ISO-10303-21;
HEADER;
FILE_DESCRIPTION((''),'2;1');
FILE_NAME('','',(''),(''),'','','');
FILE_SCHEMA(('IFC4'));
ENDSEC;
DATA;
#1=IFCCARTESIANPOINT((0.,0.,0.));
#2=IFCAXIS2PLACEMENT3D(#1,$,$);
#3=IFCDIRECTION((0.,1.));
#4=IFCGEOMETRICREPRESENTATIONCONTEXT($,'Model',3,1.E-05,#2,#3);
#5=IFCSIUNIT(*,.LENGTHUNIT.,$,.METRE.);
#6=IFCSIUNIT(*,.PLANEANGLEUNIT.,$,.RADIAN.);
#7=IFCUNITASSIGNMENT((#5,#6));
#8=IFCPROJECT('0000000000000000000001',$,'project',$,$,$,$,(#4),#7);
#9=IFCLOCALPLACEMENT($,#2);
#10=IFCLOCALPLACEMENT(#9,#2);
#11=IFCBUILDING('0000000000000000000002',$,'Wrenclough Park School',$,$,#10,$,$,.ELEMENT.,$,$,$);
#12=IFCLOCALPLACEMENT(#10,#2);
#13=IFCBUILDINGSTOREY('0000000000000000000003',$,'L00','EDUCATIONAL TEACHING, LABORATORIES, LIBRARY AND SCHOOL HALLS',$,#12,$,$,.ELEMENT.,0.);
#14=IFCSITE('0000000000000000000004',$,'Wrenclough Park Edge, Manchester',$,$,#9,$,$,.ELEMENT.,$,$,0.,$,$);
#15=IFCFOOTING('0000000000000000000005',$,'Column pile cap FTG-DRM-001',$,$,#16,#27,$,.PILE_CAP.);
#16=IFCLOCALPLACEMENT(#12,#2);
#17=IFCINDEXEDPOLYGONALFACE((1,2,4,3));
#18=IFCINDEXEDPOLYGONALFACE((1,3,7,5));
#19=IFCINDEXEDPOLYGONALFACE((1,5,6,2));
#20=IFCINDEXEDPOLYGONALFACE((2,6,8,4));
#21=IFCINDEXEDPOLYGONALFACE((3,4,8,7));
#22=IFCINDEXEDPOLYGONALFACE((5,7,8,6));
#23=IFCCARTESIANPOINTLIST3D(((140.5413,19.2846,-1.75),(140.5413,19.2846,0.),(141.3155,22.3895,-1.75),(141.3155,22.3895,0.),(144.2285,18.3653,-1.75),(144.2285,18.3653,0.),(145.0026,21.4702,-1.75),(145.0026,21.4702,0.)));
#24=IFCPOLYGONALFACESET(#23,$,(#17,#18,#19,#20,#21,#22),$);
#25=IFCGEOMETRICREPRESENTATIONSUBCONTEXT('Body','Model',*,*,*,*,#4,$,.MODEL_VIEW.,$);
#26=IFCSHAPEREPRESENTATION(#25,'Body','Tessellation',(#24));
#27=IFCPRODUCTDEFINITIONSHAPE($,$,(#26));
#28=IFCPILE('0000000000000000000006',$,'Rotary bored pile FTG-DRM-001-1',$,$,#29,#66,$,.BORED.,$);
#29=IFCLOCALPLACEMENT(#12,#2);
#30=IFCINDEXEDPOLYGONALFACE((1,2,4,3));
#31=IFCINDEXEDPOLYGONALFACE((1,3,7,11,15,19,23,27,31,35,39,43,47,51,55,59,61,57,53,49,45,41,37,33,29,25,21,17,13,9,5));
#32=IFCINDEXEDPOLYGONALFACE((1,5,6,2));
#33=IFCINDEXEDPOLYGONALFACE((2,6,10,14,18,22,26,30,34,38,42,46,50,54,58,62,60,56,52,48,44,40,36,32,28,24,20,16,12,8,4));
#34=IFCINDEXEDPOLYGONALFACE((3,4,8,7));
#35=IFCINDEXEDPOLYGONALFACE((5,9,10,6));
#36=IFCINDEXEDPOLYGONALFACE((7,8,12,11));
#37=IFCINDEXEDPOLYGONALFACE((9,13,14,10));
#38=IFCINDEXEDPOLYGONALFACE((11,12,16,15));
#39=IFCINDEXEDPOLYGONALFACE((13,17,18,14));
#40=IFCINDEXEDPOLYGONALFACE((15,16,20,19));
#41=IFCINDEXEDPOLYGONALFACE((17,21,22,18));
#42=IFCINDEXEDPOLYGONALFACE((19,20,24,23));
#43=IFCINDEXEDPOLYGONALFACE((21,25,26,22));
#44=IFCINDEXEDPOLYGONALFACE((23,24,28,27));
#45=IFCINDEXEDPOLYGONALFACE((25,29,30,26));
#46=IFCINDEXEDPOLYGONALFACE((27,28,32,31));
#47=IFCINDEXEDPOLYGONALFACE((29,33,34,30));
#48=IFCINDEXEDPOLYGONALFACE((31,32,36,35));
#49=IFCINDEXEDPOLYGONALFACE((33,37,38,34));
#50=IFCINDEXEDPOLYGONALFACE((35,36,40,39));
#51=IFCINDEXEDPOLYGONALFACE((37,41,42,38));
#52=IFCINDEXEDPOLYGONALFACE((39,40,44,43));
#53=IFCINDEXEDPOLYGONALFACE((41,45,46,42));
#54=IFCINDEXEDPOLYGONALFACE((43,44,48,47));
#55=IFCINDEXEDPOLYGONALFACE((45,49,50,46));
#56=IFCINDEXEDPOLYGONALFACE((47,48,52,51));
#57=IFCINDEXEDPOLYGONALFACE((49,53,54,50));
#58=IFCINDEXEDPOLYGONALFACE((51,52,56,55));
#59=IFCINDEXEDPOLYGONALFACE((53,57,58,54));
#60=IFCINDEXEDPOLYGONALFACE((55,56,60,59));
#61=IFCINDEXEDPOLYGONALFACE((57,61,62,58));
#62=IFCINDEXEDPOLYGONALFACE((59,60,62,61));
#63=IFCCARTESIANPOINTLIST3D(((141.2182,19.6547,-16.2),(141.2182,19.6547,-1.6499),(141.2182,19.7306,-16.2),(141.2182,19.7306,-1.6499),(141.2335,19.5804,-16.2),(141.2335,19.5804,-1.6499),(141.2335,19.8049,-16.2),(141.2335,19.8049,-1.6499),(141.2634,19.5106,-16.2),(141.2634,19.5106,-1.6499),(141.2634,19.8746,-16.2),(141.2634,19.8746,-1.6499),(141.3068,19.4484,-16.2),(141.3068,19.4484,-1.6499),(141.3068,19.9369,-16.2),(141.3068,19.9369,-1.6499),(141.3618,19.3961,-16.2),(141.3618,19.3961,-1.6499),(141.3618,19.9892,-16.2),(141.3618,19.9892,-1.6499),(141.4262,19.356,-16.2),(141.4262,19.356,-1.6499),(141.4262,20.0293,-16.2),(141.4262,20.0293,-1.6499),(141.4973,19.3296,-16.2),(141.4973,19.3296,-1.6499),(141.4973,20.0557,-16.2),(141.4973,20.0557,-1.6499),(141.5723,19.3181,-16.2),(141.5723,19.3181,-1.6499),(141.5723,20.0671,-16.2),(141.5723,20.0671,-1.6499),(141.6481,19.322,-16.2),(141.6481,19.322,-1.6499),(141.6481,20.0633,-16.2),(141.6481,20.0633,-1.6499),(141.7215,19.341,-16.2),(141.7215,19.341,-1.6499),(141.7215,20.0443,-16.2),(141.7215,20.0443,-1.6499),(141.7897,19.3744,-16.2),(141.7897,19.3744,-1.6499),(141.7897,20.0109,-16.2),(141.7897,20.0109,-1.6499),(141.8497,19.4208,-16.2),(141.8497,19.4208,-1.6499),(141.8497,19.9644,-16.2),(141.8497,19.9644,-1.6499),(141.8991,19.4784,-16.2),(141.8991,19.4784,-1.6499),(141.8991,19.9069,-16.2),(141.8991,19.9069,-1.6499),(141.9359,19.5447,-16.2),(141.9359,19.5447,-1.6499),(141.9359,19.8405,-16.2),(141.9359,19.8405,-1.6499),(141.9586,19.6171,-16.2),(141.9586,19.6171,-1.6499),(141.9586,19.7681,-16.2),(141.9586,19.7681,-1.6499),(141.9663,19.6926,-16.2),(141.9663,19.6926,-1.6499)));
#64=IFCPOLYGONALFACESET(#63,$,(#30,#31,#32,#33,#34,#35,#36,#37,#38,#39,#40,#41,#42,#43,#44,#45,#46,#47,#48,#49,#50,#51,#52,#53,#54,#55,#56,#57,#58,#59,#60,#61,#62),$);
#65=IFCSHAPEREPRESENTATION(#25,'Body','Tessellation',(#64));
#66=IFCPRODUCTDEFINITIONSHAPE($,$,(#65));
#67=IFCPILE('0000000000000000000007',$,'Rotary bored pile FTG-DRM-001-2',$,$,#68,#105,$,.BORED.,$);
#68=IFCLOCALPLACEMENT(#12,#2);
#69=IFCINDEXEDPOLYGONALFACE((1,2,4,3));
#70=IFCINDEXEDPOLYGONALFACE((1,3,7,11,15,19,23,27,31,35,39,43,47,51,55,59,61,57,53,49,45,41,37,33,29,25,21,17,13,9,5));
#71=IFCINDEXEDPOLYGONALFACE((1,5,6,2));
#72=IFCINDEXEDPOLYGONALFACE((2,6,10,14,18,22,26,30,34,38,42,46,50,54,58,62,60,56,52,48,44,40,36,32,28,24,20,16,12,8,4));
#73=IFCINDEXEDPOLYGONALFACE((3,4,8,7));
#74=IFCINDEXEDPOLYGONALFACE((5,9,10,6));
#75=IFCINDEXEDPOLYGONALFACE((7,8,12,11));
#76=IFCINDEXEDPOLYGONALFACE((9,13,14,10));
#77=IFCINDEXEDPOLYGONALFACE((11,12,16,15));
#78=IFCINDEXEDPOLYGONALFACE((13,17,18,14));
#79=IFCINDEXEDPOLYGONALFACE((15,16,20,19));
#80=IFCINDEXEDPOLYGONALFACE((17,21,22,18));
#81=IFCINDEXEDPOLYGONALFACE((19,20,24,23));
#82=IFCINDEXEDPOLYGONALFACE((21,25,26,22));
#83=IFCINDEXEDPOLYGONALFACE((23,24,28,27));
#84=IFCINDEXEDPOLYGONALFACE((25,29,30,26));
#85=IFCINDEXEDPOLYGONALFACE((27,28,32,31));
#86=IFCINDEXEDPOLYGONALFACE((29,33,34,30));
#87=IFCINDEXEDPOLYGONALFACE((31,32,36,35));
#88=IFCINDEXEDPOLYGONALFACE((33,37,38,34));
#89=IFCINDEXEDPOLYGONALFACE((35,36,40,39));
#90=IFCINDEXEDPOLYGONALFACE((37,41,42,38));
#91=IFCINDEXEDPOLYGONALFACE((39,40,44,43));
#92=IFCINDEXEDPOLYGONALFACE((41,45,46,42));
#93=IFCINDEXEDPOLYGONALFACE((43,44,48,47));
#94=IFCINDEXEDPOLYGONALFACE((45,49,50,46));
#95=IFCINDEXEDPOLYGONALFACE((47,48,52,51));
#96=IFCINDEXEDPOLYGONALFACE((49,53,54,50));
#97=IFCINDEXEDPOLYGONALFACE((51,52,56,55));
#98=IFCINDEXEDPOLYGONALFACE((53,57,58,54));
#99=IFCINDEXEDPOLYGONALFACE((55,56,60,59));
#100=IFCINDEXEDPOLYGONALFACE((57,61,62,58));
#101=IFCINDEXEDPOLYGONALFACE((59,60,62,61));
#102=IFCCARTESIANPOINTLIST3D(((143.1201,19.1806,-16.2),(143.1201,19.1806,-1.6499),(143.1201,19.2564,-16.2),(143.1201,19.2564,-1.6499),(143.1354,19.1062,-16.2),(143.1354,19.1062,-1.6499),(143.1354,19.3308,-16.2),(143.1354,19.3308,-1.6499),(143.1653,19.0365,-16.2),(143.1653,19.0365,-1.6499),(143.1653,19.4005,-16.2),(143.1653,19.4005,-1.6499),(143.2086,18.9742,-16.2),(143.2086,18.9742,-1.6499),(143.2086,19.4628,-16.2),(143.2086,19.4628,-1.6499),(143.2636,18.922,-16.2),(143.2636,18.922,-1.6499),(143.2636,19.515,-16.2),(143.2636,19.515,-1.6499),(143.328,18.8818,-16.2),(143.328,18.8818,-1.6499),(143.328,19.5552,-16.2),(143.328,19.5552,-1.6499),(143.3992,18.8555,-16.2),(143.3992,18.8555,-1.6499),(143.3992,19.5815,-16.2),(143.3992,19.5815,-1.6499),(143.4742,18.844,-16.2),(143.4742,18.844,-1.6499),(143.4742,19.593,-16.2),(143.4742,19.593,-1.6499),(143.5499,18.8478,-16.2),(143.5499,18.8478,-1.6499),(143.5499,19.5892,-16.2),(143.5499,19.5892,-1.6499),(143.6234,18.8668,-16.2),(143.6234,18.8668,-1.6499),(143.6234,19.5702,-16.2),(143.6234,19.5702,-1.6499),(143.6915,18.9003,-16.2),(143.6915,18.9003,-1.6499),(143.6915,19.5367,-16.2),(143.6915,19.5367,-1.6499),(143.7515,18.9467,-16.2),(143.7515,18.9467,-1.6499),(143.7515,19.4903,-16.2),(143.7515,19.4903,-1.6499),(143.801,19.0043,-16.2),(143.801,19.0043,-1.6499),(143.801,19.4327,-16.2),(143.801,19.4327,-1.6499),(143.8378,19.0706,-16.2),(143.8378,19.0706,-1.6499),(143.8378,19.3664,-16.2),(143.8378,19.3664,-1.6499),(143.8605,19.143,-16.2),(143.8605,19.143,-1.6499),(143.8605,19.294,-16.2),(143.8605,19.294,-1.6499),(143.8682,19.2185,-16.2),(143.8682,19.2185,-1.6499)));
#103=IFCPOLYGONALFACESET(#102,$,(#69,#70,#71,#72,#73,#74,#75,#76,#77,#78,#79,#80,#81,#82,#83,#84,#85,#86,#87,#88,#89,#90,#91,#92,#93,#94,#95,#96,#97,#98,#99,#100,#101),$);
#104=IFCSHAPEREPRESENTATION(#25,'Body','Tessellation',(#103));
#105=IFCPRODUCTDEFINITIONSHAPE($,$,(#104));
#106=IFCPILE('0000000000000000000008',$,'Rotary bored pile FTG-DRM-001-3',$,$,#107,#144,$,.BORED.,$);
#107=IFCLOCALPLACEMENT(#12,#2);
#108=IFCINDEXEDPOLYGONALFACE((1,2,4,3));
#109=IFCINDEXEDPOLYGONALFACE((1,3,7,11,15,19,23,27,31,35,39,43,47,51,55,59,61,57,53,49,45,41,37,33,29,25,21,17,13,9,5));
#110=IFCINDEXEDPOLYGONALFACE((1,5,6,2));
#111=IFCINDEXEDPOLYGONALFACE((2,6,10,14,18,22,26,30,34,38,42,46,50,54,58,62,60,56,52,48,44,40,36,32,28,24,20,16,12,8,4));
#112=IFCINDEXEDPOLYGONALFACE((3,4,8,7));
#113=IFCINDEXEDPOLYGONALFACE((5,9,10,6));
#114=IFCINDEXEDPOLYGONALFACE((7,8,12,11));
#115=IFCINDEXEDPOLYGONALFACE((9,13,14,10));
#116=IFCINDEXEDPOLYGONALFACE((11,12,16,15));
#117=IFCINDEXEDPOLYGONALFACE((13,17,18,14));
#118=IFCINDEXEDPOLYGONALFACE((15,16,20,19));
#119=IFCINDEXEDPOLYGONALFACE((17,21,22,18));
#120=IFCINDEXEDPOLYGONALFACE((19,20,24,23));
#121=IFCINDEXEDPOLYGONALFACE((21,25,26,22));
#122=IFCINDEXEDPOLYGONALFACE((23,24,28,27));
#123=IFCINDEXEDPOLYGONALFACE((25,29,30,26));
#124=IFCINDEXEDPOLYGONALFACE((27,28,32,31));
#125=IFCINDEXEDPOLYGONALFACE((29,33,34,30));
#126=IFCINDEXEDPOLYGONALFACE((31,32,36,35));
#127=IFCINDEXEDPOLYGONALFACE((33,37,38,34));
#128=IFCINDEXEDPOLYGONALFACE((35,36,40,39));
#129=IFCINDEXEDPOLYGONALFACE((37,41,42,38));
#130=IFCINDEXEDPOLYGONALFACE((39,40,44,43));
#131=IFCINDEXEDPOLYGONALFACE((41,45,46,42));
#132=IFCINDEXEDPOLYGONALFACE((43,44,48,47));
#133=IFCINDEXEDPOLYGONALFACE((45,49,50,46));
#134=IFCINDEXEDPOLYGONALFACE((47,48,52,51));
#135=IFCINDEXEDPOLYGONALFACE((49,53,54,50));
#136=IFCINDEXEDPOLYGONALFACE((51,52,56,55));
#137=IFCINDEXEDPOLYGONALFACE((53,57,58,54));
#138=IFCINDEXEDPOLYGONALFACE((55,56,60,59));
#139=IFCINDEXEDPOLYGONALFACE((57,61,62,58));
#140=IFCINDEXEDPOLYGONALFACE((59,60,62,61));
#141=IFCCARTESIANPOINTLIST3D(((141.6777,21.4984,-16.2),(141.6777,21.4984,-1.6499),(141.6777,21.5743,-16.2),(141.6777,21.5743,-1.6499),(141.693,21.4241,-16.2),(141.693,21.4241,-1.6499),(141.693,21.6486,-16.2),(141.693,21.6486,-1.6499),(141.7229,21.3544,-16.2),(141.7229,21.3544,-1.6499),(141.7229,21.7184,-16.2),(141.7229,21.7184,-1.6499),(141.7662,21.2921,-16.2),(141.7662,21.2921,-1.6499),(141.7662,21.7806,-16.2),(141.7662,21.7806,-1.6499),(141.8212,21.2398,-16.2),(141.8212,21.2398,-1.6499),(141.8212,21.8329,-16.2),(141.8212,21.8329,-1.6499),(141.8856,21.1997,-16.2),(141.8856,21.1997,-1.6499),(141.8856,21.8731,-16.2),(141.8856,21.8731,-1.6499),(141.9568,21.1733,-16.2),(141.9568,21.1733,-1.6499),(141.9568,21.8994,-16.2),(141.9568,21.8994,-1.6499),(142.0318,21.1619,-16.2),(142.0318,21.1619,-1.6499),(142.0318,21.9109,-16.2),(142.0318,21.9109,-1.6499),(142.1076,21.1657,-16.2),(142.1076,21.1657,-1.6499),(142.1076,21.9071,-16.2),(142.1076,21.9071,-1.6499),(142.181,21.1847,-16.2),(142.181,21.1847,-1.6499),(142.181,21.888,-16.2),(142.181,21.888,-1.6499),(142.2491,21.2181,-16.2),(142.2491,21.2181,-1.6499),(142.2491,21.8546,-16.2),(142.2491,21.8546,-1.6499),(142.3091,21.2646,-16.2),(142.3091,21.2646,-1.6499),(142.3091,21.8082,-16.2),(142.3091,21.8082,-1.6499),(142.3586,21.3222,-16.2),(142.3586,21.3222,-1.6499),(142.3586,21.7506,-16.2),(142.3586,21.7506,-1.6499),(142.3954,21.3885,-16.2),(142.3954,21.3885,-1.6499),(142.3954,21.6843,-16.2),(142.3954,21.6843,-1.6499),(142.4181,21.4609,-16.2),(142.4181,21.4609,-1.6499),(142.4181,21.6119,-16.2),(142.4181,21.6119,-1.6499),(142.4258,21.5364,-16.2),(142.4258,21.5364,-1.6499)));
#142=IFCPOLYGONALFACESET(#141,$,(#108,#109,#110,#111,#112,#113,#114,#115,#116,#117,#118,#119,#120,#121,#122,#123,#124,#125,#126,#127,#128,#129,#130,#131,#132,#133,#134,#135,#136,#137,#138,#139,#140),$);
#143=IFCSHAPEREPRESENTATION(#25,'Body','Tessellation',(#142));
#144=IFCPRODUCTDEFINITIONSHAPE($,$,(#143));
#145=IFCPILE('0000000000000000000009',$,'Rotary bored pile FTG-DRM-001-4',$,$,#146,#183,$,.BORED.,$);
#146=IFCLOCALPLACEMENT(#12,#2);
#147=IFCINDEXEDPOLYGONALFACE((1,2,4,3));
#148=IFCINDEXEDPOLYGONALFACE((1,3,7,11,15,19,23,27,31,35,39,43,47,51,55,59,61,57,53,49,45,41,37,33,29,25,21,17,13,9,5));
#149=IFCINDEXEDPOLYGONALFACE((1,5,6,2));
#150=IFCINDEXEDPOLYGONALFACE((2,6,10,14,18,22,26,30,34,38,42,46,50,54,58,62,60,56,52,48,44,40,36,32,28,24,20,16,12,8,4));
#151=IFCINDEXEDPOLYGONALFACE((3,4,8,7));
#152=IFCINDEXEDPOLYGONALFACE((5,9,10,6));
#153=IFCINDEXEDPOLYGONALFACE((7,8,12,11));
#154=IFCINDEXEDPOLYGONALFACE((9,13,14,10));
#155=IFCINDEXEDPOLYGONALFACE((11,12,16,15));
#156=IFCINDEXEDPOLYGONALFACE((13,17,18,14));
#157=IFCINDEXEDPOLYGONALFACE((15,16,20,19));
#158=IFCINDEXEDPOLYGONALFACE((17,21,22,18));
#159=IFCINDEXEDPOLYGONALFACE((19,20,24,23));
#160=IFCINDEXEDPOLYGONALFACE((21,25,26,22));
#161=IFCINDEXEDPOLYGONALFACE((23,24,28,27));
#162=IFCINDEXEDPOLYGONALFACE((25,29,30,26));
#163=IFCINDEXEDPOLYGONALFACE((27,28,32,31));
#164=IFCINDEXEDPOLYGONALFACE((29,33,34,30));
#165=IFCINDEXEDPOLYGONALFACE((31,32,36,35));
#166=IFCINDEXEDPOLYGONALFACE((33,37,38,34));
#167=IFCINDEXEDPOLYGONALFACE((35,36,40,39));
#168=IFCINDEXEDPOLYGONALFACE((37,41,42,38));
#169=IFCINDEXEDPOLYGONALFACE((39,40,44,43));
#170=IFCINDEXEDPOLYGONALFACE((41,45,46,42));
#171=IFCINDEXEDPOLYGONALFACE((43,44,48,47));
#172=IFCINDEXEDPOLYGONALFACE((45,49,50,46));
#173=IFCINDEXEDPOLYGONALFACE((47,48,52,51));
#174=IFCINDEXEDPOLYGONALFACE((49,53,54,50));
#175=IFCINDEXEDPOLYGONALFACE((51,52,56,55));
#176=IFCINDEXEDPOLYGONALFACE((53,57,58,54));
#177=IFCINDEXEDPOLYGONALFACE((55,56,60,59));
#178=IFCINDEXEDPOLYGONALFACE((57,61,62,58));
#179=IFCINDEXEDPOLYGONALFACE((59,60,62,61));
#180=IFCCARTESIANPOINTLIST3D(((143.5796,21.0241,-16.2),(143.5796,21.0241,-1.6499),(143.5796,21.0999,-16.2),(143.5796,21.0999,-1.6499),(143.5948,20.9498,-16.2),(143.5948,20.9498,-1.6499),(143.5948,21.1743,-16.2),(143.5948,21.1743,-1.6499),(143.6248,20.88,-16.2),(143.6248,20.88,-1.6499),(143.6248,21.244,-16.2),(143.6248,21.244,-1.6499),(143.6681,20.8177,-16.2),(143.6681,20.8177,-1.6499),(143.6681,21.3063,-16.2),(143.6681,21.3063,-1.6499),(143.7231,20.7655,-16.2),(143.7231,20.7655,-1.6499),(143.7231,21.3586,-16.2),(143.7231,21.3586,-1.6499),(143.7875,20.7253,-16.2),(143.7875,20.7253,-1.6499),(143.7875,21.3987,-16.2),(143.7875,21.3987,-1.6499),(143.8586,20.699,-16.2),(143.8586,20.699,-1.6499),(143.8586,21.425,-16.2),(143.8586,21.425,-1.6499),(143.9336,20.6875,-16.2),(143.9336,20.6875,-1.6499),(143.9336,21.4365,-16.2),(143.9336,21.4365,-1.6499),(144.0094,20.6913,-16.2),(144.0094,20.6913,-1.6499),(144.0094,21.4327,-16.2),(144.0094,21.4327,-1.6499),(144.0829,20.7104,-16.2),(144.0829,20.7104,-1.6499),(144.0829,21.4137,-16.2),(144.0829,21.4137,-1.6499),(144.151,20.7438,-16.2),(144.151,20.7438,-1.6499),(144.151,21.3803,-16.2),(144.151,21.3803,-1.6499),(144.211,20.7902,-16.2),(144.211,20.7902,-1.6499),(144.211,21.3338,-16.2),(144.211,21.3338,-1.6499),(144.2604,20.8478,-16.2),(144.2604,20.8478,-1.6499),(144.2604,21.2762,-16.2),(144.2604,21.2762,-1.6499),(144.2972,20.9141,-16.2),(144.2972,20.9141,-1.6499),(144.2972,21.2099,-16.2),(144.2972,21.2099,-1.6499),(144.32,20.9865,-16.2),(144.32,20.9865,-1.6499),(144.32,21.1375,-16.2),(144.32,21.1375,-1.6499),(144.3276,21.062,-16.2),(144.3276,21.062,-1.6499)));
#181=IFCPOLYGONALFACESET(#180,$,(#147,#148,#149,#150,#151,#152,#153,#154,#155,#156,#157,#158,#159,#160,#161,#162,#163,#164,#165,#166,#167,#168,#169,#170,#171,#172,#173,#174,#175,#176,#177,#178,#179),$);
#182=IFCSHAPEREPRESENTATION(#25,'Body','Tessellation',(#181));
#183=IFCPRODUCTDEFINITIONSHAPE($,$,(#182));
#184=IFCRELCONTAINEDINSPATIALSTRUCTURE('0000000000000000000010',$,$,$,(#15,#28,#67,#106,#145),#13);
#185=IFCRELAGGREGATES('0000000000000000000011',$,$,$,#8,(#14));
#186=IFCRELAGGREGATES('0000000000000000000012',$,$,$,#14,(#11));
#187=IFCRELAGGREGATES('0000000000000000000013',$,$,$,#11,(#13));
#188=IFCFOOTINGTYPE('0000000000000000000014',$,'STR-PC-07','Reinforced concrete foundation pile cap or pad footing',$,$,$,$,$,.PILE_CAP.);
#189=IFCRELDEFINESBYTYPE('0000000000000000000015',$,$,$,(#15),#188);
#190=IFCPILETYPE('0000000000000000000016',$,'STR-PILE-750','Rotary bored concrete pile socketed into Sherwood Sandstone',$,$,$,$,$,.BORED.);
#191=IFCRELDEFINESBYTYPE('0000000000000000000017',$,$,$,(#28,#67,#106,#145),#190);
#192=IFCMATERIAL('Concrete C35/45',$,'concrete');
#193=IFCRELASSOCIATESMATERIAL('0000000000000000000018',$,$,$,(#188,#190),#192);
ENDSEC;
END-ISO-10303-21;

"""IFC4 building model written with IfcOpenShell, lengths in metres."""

from ifc_helpers import new_model, si_unit, direction, frame, origin, origin_2d, place, context, subcontext, project, spatial, rectangle, circle, extrude, material, material_profile, profile_set, type_object, element, save


model = new_model("IFC4")

# Units and contexts
model_context = context("Model", 3, precision=1e-05, world=origin(), true_north=direction((0.0, 1.0)))
body_context = subcontext(model_context, "Body", "Model", "MODEL_VIEW")
ifc_project = project(units=[si_unit("LENGTHUNIT", "METRE"), si_unit("PLANEANGLEUNIT", "RADIAN")], contexts=[model_context])

# Site, building, storey
site_placement = place(None, origin())
site = spatial("IfcSite", under=ifc_project, at=site_placement, Name="Wrenclough Park Edge, Manchester", CompositionType="ELEMENT", RefElevation=0.0)
building_placement = place(site_placement, origin())
building = spatial("IfcBuilding", under=site, at=building_placement, Name="Wrenclough Park School", CompositionType="ELEMENT")
storey_placement = place(building_placement, origin())
storey = spatial("IfcBuildingStorey", under=building, at=storey_placement, Name="L00", Description="EDUCATIONAL TEACHING, LABORATORIES, LIBRARY AND SCHOOL HALLS", CompositionType="ELEMENT", Elevation=0.0)

# Footing
ifc_material_1 = material(Name="Concrete C35/45", Category="concrete")
footing_type = type_object("IfcFootingType", Name="STR-PC-07", Description="Reinforced concrete foundation pile cap or pad footing", PredefinedType="PILE_CAP", material=ifc_material_1)
footing_placement = place(storey_placement, frame((142.772, 20.3774, -1.75), z_axis=(0.0, 0.0, 1.0), x_axis=(0.970296, -0.241922, 0.0)))
element("IfcFooting", 1, at=footing_placement, inside=storey, type_object=footing_type, Name="Column pile cap FTG-DRM-001", PredefinedType="PILE_CAP", context=body_context, shape_type="SweptSolid", body=[
    extrude(rectangle(XDim=3.8, YDim=3.2, at=origin_2d()), origin(), (0.0, 0.0, 1.0), 1.75),
])

# Piles
ifc_material_profile_1 = material_profile(ifc_material_1, circle(Radius=0.375, at=origin_2d()), Name="BORED PILE D750")
ifc_profile_set_1 = profile_set([ifc_material_profile_1], Name="Concrete C35/45")
pile_type_1 = type_object("IfcPileType", Name="STR-PILE-750", Description="Rotary bored concrete pile socketed into Sherwood Sandstone", PredefinedType="BORED", material=ifc_profile_set_1)
for number, where, z_axis, x_axis, name in (
    (2, (141.5913, 19.6926, -1.6499), (0.0, 0.0, -1.0), (1.0, 0.0, 0.0), "Rotary bored pile FTG-DRM-001-1"),
    (3, (143.4932, 19.2185, -1.6499), (0.0, 0.0, -1.0), (1.0, 0.0, 0.0), "Rotary bored pile FTG-DRM-001-2"),
    (4, (142.0508, 21.5364, -1.6499), (0.0, 0.0, -1.0), (1.0, 0.0, 0.0), "Rotary bored pile FTG-DRM-001-3"),
    (5, (143.9526, 21.062, -1.6499), (0.0, 0.0, -1.0), (1.0, 0.0, 0.0), "Rotary bored pile FTG-DRM-001-4"),
):
    element("IfcPile", number, at=place(storey_placement, frame(where, z_axis=z_axis, x_axis=x_axis)), inside=storey, type_object=pile_type_1, Name=name, PredefinedType="BORED", context=body_context, shape_type="SweptSolid", body=[
        extrude(circle(Radius=0.375, at=origin_2d()), origin(), (0.0, 0.0, 1.0), 14.55),
    ])

save(model, "model.ifc")
